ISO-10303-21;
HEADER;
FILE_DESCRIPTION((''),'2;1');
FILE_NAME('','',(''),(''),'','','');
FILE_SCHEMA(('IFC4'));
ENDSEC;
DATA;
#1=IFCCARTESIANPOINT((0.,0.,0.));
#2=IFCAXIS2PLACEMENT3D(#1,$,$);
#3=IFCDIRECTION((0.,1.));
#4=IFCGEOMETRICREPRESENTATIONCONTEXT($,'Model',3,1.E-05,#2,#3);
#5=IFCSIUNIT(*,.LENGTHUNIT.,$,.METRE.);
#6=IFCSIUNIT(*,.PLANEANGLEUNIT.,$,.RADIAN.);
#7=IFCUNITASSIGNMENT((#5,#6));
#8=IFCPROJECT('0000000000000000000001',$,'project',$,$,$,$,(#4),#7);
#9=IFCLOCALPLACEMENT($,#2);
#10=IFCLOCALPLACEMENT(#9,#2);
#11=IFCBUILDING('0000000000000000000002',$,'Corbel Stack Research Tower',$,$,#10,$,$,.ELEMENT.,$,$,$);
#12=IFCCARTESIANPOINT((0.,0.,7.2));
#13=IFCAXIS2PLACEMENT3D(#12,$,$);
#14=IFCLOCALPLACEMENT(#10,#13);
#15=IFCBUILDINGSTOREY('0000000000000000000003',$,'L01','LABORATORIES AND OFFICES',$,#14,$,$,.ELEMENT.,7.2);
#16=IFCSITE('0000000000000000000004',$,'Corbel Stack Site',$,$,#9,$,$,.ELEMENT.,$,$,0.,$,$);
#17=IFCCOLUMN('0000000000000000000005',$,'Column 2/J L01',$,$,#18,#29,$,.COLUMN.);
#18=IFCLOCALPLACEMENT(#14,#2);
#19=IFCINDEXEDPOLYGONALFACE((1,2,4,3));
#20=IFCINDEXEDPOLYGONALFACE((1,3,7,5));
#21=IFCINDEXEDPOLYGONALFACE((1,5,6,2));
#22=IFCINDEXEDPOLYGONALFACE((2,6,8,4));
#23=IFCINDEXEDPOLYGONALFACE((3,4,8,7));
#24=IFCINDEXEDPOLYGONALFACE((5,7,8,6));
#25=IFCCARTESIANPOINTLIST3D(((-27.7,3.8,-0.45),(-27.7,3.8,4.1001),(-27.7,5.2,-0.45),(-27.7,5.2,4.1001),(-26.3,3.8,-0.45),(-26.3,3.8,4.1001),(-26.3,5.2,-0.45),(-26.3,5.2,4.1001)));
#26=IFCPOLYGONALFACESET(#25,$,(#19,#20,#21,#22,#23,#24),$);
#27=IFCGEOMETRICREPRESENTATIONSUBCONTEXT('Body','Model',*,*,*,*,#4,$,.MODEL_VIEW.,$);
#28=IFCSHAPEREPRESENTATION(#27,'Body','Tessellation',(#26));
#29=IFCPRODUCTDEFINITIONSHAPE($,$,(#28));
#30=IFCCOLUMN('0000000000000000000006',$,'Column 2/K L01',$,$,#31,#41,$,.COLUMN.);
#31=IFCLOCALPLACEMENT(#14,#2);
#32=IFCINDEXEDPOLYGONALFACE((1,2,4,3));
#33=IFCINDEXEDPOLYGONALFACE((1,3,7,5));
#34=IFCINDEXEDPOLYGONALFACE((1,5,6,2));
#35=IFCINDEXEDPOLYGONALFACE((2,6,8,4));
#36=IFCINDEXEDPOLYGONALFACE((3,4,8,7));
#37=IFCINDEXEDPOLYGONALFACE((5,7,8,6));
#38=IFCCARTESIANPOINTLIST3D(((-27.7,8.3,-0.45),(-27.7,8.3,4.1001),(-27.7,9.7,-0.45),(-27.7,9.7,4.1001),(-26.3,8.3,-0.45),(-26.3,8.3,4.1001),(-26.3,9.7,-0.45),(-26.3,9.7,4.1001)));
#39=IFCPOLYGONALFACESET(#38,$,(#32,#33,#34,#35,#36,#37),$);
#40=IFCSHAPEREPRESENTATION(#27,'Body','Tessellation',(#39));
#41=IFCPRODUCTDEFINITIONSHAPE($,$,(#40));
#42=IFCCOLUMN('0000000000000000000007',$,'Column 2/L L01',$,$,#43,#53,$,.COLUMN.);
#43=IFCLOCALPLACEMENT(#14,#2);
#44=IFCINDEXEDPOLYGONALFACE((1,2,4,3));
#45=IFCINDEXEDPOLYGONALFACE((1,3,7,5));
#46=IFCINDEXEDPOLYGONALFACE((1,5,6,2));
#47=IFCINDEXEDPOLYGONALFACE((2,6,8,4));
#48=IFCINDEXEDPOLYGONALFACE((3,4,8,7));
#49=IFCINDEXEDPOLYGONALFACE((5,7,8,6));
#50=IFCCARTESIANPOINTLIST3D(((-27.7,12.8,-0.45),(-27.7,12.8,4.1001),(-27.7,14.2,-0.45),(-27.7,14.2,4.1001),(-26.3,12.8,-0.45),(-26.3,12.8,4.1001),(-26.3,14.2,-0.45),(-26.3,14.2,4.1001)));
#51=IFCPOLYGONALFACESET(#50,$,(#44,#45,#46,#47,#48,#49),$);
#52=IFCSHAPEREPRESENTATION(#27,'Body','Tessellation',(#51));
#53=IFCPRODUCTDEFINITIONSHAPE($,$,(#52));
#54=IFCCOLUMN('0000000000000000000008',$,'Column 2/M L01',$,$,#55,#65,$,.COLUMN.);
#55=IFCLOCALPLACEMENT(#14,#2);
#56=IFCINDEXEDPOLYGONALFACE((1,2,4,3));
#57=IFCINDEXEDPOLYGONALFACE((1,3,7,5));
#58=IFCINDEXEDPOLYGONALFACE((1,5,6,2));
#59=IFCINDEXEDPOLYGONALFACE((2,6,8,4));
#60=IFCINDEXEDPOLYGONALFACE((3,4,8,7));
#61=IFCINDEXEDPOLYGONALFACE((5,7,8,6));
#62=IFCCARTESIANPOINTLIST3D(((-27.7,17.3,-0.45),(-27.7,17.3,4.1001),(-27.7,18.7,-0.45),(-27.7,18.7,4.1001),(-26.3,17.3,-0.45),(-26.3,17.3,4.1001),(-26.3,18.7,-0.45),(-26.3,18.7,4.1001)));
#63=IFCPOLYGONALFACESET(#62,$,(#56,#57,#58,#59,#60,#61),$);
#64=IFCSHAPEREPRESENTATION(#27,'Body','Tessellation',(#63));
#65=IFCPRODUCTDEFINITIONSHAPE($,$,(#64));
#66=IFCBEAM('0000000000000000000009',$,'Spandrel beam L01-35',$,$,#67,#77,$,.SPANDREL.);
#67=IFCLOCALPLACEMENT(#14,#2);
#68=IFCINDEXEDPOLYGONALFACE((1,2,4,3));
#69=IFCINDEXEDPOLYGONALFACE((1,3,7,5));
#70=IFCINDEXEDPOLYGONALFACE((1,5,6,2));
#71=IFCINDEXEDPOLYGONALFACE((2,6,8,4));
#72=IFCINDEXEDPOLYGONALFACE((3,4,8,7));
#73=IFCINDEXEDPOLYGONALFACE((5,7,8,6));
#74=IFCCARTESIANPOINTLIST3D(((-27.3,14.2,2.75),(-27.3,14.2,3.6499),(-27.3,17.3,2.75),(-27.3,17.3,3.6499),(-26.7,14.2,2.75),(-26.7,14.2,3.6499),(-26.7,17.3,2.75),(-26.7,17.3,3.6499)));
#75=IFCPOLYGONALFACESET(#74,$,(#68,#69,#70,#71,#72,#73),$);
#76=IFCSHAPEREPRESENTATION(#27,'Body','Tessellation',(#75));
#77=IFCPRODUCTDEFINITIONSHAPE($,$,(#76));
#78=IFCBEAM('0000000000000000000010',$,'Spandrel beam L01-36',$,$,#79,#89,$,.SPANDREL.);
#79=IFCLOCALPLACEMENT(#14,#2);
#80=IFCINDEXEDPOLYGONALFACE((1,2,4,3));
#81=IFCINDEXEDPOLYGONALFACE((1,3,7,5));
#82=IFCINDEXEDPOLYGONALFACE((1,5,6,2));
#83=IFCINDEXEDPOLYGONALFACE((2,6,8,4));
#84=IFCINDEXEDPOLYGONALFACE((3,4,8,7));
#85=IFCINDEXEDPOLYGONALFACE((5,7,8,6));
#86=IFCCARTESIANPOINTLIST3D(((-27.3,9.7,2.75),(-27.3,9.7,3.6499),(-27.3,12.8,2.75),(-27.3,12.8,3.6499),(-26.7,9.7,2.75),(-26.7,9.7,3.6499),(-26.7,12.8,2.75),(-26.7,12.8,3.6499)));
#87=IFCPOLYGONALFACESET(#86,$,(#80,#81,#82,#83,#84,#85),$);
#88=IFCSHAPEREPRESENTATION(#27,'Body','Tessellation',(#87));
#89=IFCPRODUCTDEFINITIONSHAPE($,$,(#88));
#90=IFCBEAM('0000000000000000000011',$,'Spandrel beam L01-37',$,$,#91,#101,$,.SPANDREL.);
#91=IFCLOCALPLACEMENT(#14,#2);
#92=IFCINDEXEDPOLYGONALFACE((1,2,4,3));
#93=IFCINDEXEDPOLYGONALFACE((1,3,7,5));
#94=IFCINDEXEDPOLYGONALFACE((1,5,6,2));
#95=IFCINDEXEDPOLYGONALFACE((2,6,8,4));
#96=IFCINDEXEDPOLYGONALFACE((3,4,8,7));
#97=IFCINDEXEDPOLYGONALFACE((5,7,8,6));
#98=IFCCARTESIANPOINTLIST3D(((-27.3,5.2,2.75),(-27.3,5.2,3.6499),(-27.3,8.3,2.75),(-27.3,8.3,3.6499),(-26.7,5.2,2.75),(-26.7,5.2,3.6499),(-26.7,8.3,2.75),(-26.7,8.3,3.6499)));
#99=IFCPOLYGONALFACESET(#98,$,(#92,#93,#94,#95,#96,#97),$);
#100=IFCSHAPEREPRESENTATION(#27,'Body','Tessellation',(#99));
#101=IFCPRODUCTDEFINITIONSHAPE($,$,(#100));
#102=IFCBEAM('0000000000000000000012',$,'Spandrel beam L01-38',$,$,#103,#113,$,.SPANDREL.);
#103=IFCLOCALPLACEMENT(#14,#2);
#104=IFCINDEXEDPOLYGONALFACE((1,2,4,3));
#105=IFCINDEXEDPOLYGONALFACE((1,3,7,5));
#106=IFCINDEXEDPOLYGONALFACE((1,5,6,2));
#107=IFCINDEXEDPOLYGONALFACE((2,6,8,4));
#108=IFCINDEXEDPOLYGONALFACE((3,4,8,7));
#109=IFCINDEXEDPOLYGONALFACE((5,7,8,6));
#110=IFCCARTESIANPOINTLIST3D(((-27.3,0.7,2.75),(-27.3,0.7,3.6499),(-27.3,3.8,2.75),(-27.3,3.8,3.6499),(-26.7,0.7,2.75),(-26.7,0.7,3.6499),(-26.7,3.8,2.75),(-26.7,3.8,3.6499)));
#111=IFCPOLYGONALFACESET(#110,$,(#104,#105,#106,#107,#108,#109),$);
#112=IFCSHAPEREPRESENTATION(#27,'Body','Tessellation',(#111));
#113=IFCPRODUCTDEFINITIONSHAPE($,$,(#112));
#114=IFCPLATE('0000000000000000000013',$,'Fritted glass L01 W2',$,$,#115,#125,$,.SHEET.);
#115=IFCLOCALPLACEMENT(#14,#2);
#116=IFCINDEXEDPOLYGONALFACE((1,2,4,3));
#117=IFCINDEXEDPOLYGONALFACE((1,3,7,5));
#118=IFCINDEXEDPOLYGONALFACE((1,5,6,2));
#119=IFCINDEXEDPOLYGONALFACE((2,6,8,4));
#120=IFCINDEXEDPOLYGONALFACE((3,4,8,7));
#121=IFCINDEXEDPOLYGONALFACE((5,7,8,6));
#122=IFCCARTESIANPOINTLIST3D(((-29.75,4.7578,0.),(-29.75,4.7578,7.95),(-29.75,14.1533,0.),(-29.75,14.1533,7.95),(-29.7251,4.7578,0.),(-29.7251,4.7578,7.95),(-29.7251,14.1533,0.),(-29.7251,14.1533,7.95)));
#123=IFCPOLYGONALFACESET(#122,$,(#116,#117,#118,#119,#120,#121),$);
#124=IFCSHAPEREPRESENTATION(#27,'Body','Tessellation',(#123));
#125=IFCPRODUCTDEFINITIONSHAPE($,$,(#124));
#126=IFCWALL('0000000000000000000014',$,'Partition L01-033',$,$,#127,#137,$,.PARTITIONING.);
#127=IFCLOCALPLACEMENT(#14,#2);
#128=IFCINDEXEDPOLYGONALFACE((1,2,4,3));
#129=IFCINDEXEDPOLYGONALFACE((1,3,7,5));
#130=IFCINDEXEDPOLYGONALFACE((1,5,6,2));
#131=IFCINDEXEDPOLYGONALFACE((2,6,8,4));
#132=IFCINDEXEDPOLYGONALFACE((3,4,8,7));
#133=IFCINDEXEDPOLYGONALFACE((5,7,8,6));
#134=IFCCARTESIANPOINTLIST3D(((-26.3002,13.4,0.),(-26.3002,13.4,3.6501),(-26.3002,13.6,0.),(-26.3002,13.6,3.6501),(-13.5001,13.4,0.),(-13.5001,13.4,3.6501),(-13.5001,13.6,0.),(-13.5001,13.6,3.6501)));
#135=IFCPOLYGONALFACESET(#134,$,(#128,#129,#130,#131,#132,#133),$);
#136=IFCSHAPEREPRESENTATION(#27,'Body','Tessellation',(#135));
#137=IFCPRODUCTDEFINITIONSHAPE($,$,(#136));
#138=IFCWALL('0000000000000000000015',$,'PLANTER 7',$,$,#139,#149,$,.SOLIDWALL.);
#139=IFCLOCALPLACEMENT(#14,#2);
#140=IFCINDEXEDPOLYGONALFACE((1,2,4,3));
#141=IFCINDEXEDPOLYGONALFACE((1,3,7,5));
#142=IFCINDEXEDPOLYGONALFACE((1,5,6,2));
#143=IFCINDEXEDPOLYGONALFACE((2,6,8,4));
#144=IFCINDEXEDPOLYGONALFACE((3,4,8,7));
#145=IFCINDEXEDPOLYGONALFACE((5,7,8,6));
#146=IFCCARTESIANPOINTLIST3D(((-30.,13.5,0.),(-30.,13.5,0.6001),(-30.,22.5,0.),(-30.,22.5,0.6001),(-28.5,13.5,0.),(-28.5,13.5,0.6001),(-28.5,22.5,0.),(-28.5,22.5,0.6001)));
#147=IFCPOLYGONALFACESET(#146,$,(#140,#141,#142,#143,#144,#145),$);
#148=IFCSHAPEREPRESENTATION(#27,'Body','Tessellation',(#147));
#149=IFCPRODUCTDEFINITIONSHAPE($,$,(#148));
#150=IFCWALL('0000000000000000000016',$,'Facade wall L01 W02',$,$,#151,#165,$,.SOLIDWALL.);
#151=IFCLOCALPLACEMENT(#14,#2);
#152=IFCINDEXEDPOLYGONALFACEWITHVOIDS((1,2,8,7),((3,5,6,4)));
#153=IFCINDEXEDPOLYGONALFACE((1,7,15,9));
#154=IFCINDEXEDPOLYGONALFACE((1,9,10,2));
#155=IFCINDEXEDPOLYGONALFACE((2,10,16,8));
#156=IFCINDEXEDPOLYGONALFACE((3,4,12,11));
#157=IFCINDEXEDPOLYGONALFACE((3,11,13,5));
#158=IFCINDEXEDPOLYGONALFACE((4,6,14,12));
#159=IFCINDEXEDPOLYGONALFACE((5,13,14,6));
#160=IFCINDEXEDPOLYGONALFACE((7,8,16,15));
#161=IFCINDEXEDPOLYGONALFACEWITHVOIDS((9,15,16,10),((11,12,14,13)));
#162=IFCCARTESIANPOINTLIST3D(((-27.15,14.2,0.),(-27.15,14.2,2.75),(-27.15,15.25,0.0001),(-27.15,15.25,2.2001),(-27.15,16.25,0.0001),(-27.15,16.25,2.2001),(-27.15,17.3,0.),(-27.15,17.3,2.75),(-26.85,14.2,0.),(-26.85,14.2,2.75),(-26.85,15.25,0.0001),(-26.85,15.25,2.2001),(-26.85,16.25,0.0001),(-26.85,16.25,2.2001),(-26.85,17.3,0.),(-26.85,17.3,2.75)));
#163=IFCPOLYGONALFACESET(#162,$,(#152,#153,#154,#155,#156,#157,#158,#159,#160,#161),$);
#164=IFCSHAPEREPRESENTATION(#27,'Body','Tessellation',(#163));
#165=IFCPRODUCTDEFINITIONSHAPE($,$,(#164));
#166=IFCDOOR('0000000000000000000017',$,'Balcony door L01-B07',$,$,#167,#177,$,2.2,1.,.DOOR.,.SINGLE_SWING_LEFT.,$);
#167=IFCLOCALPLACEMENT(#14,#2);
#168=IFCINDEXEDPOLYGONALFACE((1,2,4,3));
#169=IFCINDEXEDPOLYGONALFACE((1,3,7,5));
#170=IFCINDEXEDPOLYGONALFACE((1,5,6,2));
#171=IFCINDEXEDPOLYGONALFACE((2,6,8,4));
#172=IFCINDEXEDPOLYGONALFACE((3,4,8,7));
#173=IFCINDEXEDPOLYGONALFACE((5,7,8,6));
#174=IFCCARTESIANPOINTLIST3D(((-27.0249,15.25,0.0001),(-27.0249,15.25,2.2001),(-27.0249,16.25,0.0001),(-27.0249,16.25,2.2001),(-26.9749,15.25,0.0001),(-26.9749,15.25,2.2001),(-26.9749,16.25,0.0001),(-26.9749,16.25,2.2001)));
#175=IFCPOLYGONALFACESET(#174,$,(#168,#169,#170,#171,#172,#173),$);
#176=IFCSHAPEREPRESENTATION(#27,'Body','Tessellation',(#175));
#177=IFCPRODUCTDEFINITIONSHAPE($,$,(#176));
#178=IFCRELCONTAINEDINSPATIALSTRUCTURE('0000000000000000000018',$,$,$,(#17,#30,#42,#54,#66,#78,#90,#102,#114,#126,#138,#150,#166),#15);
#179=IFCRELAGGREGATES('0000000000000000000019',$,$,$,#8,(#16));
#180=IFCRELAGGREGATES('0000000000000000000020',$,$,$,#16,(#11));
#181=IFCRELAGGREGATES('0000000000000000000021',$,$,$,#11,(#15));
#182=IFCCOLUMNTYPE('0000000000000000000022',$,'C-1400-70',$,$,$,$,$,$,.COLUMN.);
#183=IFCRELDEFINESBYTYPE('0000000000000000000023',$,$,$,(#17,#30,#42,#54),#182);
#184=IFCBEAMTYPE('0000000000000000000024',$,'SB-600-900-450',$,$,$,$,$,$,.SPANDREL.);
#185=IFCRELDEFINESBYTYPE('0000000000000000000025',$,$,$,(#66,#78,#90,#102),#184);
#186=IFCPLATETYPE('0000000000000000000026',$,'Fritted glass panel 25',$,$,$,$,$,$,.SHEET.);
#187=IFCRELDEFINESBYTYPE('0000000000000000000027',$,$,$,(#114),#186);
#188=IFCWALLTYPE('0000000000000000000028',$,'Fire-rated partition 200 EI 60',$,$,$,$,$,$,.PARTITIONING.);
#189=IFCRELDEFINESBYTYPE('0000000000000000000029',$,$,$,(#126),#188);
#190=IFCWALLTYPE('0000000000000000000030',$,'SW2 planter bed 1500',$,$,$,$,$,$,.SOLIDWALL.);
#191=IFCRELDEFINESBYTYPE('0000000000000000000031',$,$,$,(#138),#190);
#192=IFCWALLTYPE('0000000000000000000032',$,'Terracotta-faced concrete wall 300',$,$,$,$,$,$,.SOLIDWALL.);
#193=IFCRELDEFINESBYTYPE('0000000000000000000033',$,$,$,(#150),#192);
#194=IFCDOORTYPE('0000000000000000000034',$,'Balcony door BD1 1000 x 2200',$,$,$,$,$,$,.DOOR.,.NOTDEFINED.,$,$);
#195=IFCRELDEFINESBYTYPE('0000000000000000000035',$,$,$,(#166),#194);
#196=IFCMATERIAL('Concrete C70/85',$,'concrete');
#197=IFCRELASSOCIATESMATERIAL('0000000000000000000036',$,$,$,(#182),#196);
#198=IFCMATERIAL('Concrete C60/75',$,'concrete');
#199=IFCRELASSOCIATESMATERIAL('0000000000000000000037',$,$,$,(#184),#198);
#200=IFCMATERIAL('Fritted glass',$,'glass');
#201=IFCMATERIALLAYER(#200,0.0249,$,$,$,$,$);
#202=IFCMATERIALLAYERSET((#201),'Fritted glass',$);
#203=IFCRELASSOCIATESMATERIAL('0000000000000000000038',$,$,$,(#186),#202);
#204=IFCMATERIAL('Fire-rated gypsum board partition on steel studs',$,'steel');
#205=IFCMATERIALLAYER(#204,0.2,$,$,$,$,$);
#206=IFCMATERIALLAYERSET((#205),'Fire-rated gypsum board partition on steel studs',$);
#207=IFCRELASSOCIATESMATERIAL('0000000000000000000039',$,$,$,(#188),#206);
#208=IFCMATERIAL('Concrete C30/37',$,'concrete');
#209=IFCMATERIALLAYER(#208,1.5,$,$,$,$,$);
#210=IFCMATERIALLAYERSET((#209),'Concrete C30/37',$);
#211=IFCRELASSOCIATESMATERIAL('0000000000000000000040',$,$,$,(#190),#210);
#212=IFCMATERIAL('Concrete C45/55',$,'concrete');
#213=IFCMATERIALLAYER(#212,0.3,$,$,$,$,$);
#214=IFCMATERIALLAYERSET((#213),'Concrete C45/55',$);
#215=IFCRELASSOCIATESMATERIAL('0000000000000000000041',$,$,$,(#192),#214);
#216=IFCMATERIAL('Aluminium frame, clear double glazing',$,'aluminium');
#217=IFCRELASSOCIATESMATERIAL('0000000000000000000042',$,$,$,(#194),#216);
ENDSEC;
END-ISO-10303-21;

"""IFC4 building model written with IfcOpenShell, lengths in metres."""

from ifc_helpers import new_model, si_unit, direction, frame, frame_2d, origin, origin_2d, place, context, subcontext, project, spatial, rectangle, extrude, material, layer, layer_set, material_profile, profile_set, type_object, element, fill, save


model = new_model("IFC4")

# Units and contexts
model_context = context("Model", 3, precision=1e-05, world=origin(), true_north=direction((0.0, 1.0)))
body_context = subcontext(model_context, "Body", "Model", "MODEL_VIEW")
ifc_project = project(units=[si_unit("LENGTHUNIT", "METRE"), si_unit("PLANEANGLEUNIT", "RADIAN")], contexts=[model_context])

# Site, building, storey
site_placement = place(None, origin())
site = spatial("IfcSite", under=ifc_project, at=site_placement, Name="Corbel Stack Site", CompositionType="ELEMENT", RefElevation=0.0)
building_placement = place(site_placement, origin())
building = spatial("IfcBuilding", under=site, at=building_placement, Name="Corbel Stack Research Tower", CompositionType="ELEMENT")
storey_placement = place(building_placement, frame((0.0, 0.0, 7.2)))
storey = spatial("IfcBuildingStorey", under=building, at=storey_placement, Name="L01", Description="LABORATORIES AND OFFICES", CompositionType="ELEMENT", Elevation=7.2)

# Columns
ifc_material_1 = material(Name="Concrete C70/85", Category="concrete")
ifc_material_profile_1 = material_profile(ifc_material_1, rectangle(XDim=1.3999, YDim=1.3999, at=origin_2d()), Name="RC 1400 x 1400")
ifc_profile_set_1 = profile_set([ifc_material_profile_1], Name="Concrete C70/85")
column_type = type_object("IfcColumnType", Name="C-1400-70", PredefinedType="COLUMN", material=ifc_profile_set_1)
for number, where, z_axis, x_axis, name in (
    (1, (-27.0, 4.5, -0.45), (0.0, 0.0, 1.0), (1.0, 0.0, 0.0), "Column 2/J L01"),
    (2, (-27.0, 9.0, -0.45), (0.0, 0.0, 1.0), (1.0, 0.0, 0.0), "Column 2/K L01"),
    (3, (-27.0, 13.5, -0.45), (0.0, 0.0, 1.0), (1.0, 0.0, 0.0), "Column 2/L L01"),
    (4, (-27.0, 18.0, -0.45), (0.0, 0.0, 1.0), (1.0, 0.0, 0.0), "Column 2/M L01"),
):
    element("IfcColumn", number, at=place(storey_placement, frame(where, z_axis=z_axis, x_axis=x_axis)), inside=storey, type_object=column_type, Name=name, PredefinedType="COLUMN", context=body_context, shape_type="SweptSolid", body=[
        extrude(rectangle(XDim=1.3999, YDim=1.3999, at=origin_2d()), origin(), (0.0, 0.0, 1.0), 4.55),
    ])

# Beams
ifc_material_2 = material(Name="Concrete C60/75", Category="concrete")
ifc_material_profile_2 = material_profile(ifc_material_2, rectangle(XDim=0.6001, YDim=0.8999, at=origin_2d()), Name="RC 600 x 900")
ifc_profile_set_2 = profile_set([ifc_material_profile_2], Name="Concrete C60/75")
beam_type = type_object("IfcBeamType", Name="SB-600-900-450", PredefinedType="SPANDREL", material=ifc_profile_set_2)
for number, where, z_axis, x_axis, name in (
    (5, (-27.0, 17.3, 3.2), (0.0, -1.0, 0.0), (1.0, 0.0, 0.0), "Spandrel beam L01-35"),
    (6, (-27.0, 12.8, 3.2), (0.0, -1.0, 0.0), (1.0, 0.0, 0.0), "Spandrel beam L01-36"),
    (7, (-27.0, 8.3, 3.2), (0.0, -1.0, 0.0), (1.0, 0.0, 0.0), "Spandrel beam L01-37"),
    (8, (-27.0, 3.8, 3.2), (0.0, -1.0, 0.0), (1.0, 0.0, 0.0), "Spandrel beam L01-38"),
):
    element("IfcBeam", number, at=place(storey_placement, frame(where, z_axis=z_axis, x_axis=x_axis)), inside=storey, type_object=beam_type, Name=name, PredefinedType="SPANDREL", context=body_context, shape_type="SweptSolid", body=[
        extrude(rectangle(XDim=0.6001, YDim=0.8999, at=origin_2d()), origin(), (0.0, 0.0, 1.0), 3.1001),
    ])

# Plate
ifc_material_3 = material(Name="Fritted glass", Category="glass")
ifc_layer_1 = layer(ifc_material_3, 0.0249)
ifc_layer_set_1 = layer_set([ifc_layer_1], Name="Fritted glass")
plate_type = type_object("IfcPlateType", Name="Fritted glass panel 25", PredefinedType="SHEET", material=ifc_layer_set_1)
plate_placement = place(storey_placement, frame((-29.7375, 9.4556, 0.0), z_axis=(0.0, 0.0, 1.0), x_axis=(0.0, -1.0, 0.0)))
element("IfcPlate", 9, at=plate_placement, inside=storey, type_object=plate_type, Name="Fritted glass L01 W2", PredefinedType="SHEET", context=body_context, shape_type="SweptSolid", body=[
    extrude(rectangle(XDim=9.3955, YDim=0.0249, at=origin_2d()), origin(), (0.0, 0.0, 1.0), 7.95),
])

# Walls
ifc_material_4 = material(Name="Fire-rated gypsum board partition on steel studs", Category="steel")
ifc_layer_2 = layer(ifc_material_4, 0.2)
ifc_layer_set_2 = layer_set([ifc_layer_2], Name="Fire-rated gypsum board partition on steel studs")
wall_type_1 = type_object("IfcWallType", Name="Fire-rated partition 200 EI 60", PredefinedType="PARTITIONING", material=ifc_layer_set_2)
wall_1_placement = place(storey_placement, frame((-26.3, 13.5, 0.0), z_axis=(0.0, 0.0, 1.0), x_axis=(1.0, 0.0, 0.0)))
element("IfcWall", 10, at=wall_1_placement, inside=storey, type_object=wall_type_1, Name="Partition L01-033", PredefinedType="PARTITIONING", context=body_context, shape_type="SweptSolid", body=[
    extrude(rectangle(XDim=12.8, YDim=0.2, at=frame_2d((6.3999, 0.0))), origin(), (0.0, 0.0, 1.0), 3.6501),
])
ifc_material_5 = material(Name="Concrete C30/37", Category="concrete")
ifc_layer_3 = layer(ifc_material_5, 1.5)
ifc_layer_set_3 = layer_set([ifc_layer_3], Name="Concrete C30/37")
wall_type_2 = type_object("IfcWallType", Name="SW2 planter bed 1500", PredefinedType="SOLIDWALL", material=ifc_layer_set_3)
wall_2_placement = place(storey_placement, frame((-29.25, 13.5, 0.0), z_axis=(0.0, 0.0, 1.0), x_axis=(0.0, 1.0, 0.0)))
element("IfcWall", 11, at=wall_2_placement, inside=storey, type_object=wall_type_2, Name="PLANTER 7", PredefinedType="SOLIDWALL", context=body_context, shape_type="SweptSolid", body=[
    extrude(rectangle(XDim=9.0, YDim=1.5, at=frame_2d((4.5, 0.0))), origin(), (0.0, 0.0, 1.0), 0.6001),
])

# Wall, opening, door
ifc_material_6 = material(Name="Concrete C45/55", Category="concrete")
ifc_layer_4 = layer(ifc_material_6, 0.3)
ifc_layer_set_4 = layer_set([ifc_layer_4], Name="Concrete C45/55")
wall_type_3 = type_object("IfcWallType", Name="Terracotta-faced concrete wall 300", PredefinedType="SOLIDWALL", material=ifc_layer_set_4)
wall_3_placement = place(storey_placement, frame((-27.0, 14.2, 0.0), z_axis=(0.0, 0.0, 1.0), x_axis=(0.0, 1.0, 0.0)))
wall_3 = element("IfcWall", 12, at=wall_3_placement, inside=storey, type_object=wall_type_3, Name="Facade wall L01 W02", PredefinedType="SOLIDWALL", context=body_context, shape_type="SweptSolid", body=[
    extrude(rectangle(XDim=3.1001, YDim=0.3, at=frame_2d((1.55, 0.0))), origin(), (0.0, 0.0, 1.0), 2.75),
])
opening_1_placement = place(wall_3_placement, frame((1.05, 0.0, 0.0)))
opening_1 = element("IfcOpeningElement", 13, at=opening_1_placement, cuts=wall_3, PredefinedType="OPENING", context=body_context, shape_type="SweptSolid", body=[
    extrude(rectangle(XDim=1.0, YDim=2.2, at=frame_2d((0.5, 1.1001))), frame((0.0, 0.1599, 0.0), z_axis=(0.0, -1.0, 0.0), x_axis=(1.0, 0.0, 0.0)), (0.0, 0.0, 1.0), 0.3201),
])
ifc_material_7 = material(Name="Aluminium frame, clear double glazing", Category="aluminium")
door_type = type_object("IfcDoorType", Name="Balcony door BD1 1000 x 2200", OperationType="NOTDEFINED", PredefinedType="DOOR", material=ifc_material_7)
door_placement = place(opening_1_placement, origin())
door = element("IfcDoor", 14, at=door_placement, inside=storey, type_object=door_type, Name="Balcony door L01-B07", OperationType="SINGLE_SWING_LEFT", OverallHeight=2.2, OverallWidth=1.0, PredefinedType="DOOR", context=body_context, shape_type="SweptSolid", body=[
    extrude(rectangle(XDim=1.0, YDim=2.2, at=frame_2d((0.5, 1.1001))), frame((0.0, 0.0249, 0.0), z_axis=(0.0, -1.0, 0.0), x_axis=(1.0, 0.0, 0.0)), (0.0, 0.0, 1.0), 0.05),
])
fill(opening_1, door)

save(model, "model.ifc")
